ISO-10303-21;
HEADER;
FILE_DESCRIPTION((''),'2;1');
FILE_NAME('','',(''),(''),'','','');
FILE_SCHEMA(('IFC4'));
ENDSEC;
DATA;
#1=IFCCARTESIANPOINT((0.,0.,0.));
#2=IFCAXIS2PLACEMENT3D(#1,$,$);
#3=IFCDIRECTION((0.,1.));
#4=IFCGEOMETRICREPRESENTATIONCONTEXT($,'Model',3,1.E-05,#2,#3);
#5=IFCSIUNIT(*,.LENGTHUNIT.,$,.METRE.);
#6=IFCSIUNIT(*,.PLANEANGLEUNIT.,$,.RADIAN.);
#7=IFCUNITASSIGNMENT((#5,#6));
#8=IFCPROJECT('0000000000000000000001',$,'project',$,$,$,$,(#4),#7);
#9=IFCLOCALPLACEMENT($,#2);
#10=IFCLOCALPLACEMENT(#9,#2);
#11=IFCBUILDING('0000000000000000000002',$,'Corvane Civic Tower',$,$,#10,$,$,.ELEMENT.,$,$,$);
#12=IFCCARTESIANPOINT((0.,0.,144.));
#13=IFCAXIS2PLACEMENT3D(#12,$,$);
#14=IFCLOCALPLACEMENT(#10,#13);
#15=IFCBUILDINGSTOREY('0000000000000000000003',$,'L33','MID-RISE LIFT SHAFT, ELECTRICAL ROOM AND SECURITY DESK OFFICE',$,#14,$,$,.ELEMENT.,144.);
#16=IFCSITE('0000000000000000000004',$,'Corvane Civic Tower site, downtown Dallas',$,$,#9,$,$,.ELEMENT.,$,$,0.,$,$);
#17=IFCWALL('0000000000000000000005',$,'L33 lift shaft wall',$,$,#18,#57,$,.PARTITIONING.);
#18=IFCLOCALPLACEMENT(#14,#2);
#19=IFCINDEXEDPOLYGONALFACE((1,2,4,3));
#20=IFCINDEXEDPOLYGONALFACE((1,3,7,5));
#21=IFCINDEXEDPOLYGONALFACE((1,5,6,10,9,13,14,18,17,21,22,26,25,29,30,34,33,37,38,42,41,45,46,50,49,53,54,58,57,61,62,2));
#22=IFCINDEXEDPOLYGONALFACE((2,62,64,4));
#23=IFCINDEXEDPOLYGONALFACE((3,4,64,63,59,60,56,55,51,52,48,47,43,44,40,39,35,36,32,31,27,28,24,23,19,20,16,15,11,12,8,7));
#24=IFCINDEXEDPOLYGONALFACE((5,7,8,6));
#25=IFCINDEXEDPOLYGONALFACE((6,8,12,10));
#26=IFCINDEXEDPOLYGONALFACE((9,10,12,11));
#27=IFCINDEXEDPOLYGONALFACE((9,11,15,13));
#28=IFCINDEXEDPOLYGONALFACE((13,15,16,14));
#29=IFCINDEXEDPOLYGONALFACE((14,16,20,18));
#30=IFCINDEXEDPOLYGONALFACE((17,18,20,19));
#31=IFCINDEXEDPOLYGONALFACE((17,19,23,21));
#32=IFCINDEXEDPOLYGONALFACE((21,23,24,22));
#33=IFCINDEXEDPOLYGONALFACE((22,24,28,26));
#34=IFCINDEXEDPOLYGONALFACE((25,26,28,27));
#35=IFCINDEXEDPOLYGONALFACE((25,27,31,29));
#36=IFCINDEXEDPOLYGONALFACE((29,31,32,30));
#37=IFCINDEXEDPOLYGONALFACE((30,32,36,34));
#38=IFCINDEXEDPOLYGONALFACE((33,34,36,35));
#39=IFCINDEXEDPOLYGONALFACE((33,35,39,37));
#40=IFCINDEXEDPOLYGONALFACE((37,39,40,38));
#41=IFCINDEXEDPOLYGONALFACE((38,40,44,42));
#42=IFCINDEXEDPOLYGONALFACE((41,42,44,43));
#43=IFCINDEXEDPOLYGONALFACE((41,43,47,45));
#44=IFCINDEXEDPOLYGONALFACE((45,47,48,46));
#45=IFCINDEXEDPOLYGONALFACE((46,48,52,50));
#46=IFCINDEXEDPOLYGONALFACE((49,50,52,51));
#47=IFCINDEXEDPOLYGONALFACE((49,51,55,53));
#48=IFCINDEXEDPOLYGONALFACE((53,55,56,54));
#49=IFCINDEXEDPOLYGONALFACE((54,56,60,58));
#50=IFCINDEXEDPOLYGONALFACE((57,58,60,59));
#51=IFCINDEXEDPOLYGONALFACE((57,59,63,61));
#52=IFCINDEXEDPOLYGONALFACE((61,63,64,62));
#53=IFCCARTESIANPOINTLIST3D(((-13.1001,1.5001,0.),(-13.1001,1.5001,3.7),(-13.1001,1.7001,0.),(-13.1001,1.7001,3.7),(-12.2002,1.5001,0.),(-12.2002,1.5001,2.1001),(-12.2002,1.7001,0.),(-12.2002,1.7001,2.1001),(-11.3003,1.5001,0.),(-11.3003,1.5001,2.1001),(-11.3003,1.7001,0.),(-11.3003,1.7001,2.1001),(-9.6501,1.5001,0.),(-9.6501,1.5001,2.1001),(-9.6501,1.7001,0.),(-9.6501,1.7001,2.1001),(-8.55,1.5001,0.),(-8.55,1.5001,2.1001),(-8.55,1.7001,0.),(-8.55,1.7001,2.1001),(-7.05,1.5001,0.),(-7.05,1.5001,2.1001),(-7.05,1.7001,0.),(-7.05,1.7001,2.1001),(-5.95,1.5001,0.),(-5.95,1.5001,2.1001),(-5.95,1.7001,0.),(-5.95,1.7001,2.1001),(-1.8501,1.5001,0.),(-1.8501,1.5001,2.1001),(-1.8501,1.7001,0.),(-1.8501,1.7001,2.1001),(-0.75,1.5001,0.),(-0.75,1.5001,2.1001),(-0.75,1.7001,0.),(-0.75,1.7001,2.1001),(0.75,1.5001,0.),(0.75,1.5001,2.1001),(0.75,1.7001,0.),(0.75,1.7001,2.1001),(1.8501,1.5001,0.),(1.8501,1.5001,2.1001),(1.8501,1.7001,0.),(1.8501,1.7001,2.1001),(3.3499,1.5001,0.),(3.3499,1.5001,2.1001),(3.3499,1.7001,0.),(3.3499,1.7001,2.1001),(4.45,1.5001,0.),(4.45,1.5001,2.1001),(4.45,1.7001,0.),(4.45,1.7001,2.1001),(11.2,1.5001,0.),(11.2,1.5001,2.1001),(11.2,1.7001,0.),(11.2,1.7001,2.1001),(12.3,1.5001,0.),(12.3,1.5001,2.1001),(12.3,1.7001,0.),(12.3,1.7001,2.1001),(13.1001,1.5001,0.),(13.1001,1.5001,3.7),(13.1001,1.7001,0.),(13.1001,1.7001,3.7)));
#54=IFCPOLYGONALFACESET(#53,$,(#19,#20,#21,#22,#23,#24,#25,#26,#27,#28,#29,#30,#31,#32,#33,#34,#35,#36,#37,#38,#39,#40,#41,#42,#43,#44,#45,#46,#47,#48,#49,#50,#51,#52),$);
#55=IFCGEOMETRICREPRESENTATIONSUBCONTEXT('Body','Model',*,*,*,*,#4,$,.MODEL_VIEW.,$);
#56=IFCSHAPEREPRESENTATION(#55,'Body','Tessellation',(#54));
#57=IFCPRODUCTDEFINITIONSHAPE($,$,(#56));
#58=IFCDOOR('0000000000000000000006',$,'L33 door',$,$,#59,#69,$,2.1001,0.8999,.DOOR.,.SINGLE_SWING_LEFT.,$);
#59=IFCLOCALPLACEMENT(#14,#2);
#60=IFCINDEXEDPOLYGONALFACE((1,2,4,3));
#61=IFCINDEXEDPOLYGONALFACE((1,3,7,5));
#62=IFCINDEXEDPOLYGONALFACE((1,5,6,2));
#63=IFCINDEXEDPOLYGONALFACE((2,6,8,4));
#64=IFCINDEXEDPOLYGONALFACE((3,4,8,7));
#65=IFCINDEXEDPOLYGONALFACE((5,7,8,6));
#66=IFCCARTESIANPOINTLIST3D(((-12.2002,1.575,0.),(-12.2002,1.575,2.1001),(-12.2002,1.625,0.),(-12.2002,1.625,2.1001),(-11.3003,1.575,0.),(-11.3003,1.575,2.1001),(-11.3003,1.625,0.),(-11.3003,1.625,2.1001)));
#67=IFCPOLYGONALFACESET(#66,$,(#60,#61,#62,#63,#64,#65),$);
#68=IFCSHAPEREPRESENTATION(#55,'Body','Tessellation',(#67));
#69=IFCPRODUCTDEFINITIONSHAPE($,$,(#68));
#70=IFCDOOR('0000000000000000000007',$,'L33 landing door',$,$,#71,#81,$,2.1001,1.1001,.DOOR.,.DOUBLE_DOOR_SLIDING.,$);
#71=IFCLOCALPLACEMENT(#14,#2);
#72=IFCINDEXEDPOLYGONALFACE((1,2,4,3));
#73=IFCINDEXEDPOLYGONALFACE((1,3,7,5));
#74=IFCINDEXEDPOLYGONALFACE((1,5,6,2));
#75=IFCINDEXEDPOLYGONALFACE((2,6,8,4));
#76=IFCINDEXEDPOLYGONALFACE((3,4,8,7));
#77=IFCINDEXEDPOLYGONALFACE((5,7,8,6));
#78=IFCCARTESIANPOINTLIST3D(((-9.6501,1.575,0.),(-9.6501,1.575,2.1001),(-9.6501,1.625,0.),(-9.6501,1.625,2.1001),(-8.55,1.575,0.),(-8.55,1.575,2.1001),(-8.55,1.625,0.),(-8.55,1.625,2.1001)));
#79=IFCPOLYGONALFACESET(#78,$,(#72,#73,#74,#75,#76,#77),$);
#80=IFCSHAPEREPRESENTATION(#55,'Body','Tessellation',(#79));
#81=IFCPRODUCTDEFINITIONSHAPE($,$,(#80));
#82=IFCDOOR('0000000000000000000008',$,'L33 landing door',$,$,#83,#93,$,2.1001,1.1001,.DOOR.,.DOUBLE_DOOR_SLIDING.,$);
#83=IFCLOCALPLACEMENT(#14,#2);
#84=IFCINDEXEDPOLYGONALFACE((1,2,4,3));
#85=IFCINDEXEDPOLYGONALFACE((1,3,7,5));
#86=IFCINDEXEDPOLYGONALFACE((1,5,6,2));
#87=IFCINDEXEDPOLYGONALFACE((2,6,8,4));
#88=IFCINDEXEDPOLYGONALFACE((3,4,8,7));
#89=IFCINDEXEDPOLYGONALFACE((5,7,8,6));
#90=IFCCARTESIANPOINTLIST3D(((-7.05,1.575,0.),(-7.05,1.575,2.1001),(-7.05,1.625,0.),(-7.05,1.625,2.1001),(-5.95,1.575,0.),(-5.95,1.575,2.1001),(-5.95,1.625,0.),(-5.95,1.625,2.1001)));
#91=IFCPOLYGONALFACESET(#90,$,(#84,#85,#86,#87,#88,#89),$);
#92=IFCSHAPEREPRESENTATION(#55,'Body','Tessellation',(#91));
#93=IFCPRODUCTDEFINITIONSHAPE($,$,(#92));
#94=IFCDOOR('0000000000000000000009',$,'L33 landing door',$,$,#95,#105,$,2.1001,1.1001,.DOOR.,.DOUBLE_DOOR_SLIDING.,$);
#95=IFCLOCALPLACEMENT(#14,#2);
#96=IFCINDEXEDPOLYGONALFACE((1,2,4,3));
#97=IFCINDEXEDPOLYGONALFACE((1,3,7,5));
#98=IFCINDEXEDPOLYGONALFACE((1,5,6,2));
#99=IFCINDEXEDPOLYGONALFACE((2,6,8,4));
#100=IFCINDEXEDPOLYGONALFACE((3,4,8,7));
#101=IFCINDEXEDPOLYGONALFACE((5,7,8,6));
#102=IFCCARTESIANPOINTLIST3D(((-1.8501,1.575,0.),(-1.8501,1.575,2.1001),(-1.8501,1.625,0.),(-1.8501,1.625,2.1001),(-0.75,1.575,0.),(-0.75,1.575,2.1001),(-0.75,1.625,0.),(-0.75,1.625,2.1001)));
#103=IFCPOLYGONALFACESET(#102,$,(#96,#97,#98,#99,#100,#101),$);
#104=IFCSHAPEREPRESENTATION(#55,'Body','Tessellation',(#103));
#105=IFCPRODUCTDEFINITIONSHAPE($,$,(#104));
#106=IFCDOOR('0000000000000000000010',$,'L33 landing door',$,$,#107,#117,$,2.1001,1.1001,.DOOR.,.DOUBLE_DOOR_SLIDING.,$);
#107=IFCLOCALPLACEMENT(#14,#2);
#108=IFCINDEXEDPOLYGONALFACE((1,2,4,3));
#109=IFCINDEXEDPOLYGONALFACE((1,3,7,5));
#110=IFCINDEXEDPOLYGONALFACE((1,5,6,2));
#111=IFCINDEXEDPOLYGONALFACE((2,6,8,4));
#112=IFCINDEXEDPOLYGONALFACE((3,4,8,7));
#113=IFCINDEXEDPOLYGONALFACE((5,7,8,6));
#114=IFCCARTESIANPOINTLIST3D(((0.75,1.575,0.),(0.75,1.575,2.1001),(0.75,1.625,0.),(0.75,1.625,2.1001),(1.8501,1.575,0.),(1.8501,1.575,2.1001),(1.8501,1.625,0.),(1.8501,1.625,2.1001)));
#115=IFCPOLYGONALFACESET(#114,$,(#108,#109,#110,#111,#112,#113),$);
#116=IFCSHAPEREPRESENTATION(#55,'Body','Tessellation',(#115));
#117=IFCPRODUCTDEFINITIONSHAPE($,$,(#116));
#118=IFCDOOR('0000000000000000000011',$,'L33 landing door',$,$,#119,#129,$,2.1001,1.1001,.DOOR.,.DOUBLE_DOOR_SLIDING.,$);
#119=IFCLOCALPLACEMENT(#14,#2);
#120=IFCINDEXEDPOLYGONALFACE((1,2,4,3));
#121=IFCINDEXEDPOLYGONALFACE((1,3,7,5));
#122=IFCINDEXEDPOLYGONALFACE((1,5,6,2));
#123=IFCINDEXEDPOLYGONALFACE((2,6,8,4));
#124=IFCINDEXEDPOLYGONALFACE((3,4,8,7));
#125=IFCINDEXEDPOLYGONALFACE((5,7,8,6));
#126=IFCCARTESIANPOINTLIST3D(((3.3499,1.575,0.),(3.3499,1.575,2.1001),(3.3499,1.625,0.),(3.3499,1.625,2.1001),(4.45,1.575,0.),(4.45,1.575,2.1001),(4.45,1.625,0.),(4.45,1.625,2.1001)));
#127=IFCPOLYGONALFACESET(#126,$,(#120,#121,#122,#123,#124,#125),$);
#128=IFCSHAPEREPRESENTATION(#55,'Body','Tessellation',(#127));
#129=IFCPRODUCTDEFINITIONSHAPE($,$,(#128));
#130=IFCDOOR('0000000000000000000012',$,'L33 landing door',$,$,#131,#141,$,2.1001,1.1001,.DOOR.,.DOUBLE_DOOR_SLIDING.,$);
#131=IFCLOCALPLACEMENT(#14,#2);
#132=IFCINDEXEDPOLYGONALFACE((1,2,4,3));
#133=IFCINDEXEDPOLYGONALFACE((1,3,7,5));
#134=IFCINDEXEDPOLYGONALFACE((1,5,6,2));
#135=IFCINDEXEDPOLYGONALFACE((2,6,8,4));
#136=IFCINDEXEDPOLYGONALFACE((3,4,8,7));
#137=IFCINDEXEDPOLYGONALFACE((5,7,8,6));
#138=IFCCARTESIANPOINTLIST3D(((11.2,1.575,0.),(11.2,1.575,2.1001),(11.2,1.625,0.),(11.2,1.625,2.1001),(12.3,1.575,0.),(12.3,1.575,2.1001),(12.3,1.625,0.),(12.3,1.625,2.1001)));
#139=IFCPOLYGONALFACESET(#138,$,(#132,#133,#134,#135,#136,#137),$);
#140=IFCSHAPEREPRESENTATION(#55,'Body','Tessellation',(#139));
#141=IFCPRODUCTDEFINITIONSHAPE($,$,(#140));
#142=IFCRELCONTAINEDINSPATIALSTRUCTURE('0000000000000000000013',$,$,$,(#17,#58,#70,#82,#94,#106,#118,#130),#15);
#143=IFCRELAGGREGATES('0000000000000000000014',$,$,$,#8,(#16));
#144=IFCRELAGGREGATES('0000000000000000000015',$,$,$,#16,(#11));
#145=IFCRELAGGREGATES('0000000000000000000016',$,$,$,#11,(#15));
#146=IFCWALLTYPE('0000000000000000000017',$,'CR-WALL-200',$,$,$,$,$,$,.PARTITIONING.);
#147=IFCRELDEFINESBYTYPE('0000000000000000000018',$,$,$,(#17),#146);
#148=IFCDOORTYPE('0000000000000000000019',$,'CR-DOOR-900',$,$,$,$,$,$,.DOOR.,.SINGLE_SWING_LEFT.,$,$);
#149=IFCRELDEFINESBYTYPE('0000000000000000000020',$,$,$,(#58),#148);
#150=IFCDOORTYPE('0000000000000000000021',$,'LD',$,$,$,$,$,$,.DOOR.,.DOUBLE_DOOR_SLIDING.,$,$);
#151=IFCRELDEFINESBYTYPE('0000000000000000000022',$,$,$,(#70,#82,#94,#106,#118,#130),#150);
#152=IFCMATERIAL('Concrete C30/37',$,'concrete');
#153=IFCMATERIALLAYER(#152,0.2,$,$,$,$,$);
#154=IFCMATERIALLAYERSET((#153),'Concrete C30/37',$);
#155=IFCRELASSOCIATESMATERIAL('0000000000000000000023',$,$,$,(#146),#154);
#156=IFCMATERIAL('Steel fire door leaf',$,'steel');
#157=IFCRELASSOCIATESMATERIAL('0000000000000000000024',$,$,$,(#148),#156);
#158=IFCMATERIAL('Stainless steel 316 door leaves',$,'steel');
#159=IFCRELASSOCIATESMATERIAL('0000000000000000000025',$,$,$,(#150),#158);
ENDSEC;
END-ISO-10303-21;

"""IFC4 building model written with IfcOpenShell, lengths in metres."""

from ifc_helpers import new_model, si_unit, direction, frame, frame_2d, origin, place, context, subcontext, project, spatial, rectangle, extrude, material, layer, layer_set, type_object, element, fill, save


model = new_model("IFC4")

# Units and contexts
model_context = context("Model", 3, precision=1e-05, world=origin(), true_north=direction((0.0, 1.0)))
body_context = subcontext(model_context, "Body", "Model", "MODEL_VIEW")
ifc_project = project(units=[si_unit("LENGTHUNIT", "METRE"), si_unit("PLANEANGLEUNIT", "RADIAN")], contexts=[model_context])

# Site, building, storey
site_placement = place(None, origin())
site = spatial("IfcSite", under=ifc_project, at=site_placement, Name="Corvane Civic Tower site, downtown Dallas", CompositionType="ELEMENT", RefElevation=0.0)
building_placement = place(site_placement, origin())
building = spatial("IfcBuilding", under=site, at=building_placement, Name="Corvane Civic Tower", CompositionType="ELEMENT")
storey_placement = place(building_placement, frame((0.0, 0.0, 144.0)))
storey = spatial("IfcBuildingStorey", under=building, at=storey_placement, Name="L33", Description="MID-RISE LIFT SHAFT, ELECTRICAL ROOM AND SECURITY DESK OFFICE", CompositionType="ELEMENT", Elevation=144.0)

# Wall, openings, doors
ifc_material_1 = material(Name="Concrete C30/37", Category="concrete")
ifc_layer_1 = layer(ifc_material_1, 0.2)
ifc_layer_set_1 = layer_set([ifc_layer_1], Name="Concrete C30/37")
wall_type_1 = type_object("IfcWallType", Name="CR-WALL-200", PredefinedType="PARTITIONING", material=ifc_layer_set_1)
wall_1_placement = place(storey_placement, frame((-13.1001, 1.6001, 0.0), z_axis=(0.0, 0.0, 1.0), x_axis=(1.0, 0.0, 0.0)))
wall_1 = element("IfcWall", 1, at=wall_1_placement, inside=storey, type_object=wall_type_1, Name="L33 lift shaft wall", PredefinedType="PARTITIONING", context=body_context, shape_type="SweptSolid", body=[
    extrude(rectangle(XDim=26.2002, YDim=0.2, at=frame_2d((13.1001, 0.0))), origin(), (0.0, 0.0, 1.0), 3.7),
])
opening_1_placement = place(wall_1_placement, frame((3.45, 0.0, 0.0)))
opening_1 = element("IfcOpeningElement", 2, at=opening_1_placement, cuts=wall_1, PredefinedType="OPENING", context=body_context, shape_type="SweptSolid", body=[
    extrude(rectangle(XDim=1.1001, YDim=2.1001, at=frame_2d((0.55, 1.05))), frame((0.0, 0.1099, 0.0), z_axis=(0.0, -1.0, 0.0), x_axis=(1.0, 0.0, 0.0)), (0.0, 0.0, 1.0), 0.22),
])
opening_2_placement = place(wall_1_placement, frame((6.05, 0.0, 0.0)))
opening_2 = element("IfcOpeningElement", 3, at=opening_2_placement, cuts=wall_1, PredefinedType="OPENING", context=body_context, shape_type="SweptSolid", body=[
    extrude(rectangle(XDim=1.1001, YDim=2.1001, at=frame_2d((0.55, 1.05))), frame((0.0, 0.1099, 0.0), z_axis=(0.0, -1.0, 0.0), x_axis=(1.0, 0.0, 0.0)), (0.0, 0.0, 1.0), 0.22),
])
opening_3_placement = place(wall_1_placement, frame((11.25, 0.0, 0.0)))
opening_3 = element("IfcOpeningElement", 4, at=opening_3_placement, cuts=wall_1, PredefinedType="OPENING", context=body_context, shape_type="SweptSolid", body=[
    extrude(rectangle(XDim=1.1001, YDim=2.1001, at=frame_2d((0.55, 1.05))), frame((0.0, 0.1099, 0.0), z_axis=(0.0, -1.0, 0.0), x_axis=(1.0, 0.0, 0.0)), (0.0, 0.0, 1.0), 0.22),
])
opening_4_placement = place(wall_1_placement, frame((13.8501, 0.0, 0.0)))
opening_4 = element("IfcOpeningElement", 5, at=opening_4_placement, cuts=wall_1, PredefinedType="OPENING", context=body_context, shape_type="SweptSolid", body=[
    extrude(rectangle(XDim=1.1001, YDim=2.1001, at=frame_2d((0.55, 1.05))), frame((0.0, 0.1099, 0.0), z_axis=(0.0, -1.0, 0.0), x_axis=(1.0, 0.0, 0.0)), (0.0, 0.0, 1.0), 0.22),
])
opening_5_placement = place(wall_1_placement, frame((16.45, 0.0, 0.0)))
opening_5 = element("IfcOpeningElement", 6, at=opening_5_placement, cuts=wall_1, PredefinedType="OPENING", context=body_context, shape_type="SweptSolid", body=[
    extrude(rectangle(XDim=1.1001, YDim=2.1001, at=frame_2d((0.55, 1.05))), frame((0.0, 0.1099, 0.0), z_axis=(0.0, -1.0, 0.0), x_axis=(1.0, 0.0, 0.0)), (0.0, 0.0, 1.0), 0.22),
])
opening_6_placement = place(wall_1_placement, frame((24.3, 0.0, 0.0)))
opening_6 = element("IfcOpeningElement", 7, at=opening_6_placement, cuts=wall_1, PredefinedType="OPENING", context=body_context, shape_type="SweptSolid", body=[
    extrude(rectangle(XDim=1.1001, YDim=2.1001, at=frame_2d((0.55, 1.05))), frame((0.0, 0.1099, 0.0), z_axis=(0.0, -1.0, 0.0), x_axis=(1.0, 0.0, 0.0)), (0.0, 0.0, 1.0), 0.22),
])
opening_7_placement = place(wall_1_placement, frame((0.8999, 0.0, 0.0)))
opening_7 = element("IfcOpeningElement", 8, at=opening_7_placement, cuts=wall_1, PredefinedType="OPENING", context=body_context, shape_type="SweptSolid", body=[
    extrude(rectangle(XDim=0.8999, YDim=2.1001, at=frame_2d((0.45, 1.05))), frame((0.0, 0.1099, 0.0), z_axis=(0.0, -1.0, 0.0), x_axis=(1.0, 0.0, 0.0)), (0.0, 0.0, 1.0), 0.22),
])
ifc_material_2 = material(Name="Steel fire door leaf", Category="steel")
door_type_1 = type_object("IfcDoorType", Name="CR-DOOR-900", OperationType="SINGLE_SWING_LEFT", PredefinedType="DOOR", material=ifc_material_2)
door_1_placement = place(opening_7_placement, origin())
door_1 = element("IfcDoor", 9, at=door_1_placement, inside=storey, type_object=door_type_1, Name="L33 door", OperationType="SINGLE_SWING_LEFT", OverallHeight=2.1001, OverallWidth=0.8999, PredefinedType="DOOR", context=body_context, shape_type="SweptSolid", body=[
    extrude(rectangle(XDim=0.8999, YDim=2.1001, at=frame_2d((0.45, 1.05))), frame((0.0, 0.0249, 0.0), z_axis=(0.0, -1.0, 0.0), x_axis=(1.0, 0.0, 0.0)), (0.0, 0.0, 1.0), 0.05),
])
fill(opening_7, door_1)
ifc_material_3 = material(Name="Stainless steel 316 door leaves", Category="steel")
door_type_2 = type_object("IfcDoorType", Name="LD", OperationType="DOUBLE_DOOR_SLIDING", PredefinedType="DOOR", material=ifc_material_3)
door_2_placement = place(opening_1_placement, origin())
door_2 = element("IfcDoor", 10, at=door_2_placement, inside=storey, type_object=door_type_2, Name="L33 landing door", OperationType="DOUBLE_DOOR_SLIDING", OverallHeight=2.1001, OverallWidth=1.1001, PredefinedType="DOOR", context=body_context, shape_type="SweptSolid", body=[
    extrude(rectangle(XDim=1.1001, YDim=2.1001, at=frame_2d((0.55, 1.05))), frame((0.0, 0.0249, 0.0), z_axis=(0.0, -1.0, 0.0), x_axis=(1.0, 0.0, 0.0)), (0.0, 0.0, 1.0), 0.05),
])
fill(opening_1, door_2)
door_3_placement = place(opening_2_placement, origin())
door_3 = element("IfcDoor", 11, at=door_3_placement, inside=storey, type_object=door_type_2, Name="L33 landing door", OperationType="DOUBLE_DOOR_SLIDING", OverallHeight=2.1001, OverallWidth=1.1001, PredefinedType="DOOR", context=body_context, shape_type="SweptSolid", body=[
    extrude(rectangle(XDim=1.1001, YDim=2.1001, at=frame_2d((0.55, 1.05))), frame((0.0, 0.0249, 0.0), z_axis=(0.0, -1.0, 0.0), x_axis=(1.0, 0.0, 0.0)), (0.0, 0.0, 1.0), 0.05),
])
fill(opening_2, door_3)
door_4_placement = place(opening_3_placement, origin())
door_4 = element("IfcDoor", 12, at=door_4_placement, inside=storey, type_object=door_type_2, Name="L33 landing door", OperationType="DOUBLE_DOOR_SLIDING", OverallHeight=2.1001, OverallWidth=1.1001, PredefinedType="DOOR", context=body_context, shape_type="SweptSolid", body=[
    extrude(rectangle(XDim=1.1001, YDim=2.1001, at=frame_2d((0.55, 1.05))), frame((0.0, 0.0249, 0.0), z_axis=(0.0, -1.0, 0.0), x_axis=(1.0, 0.0, 0.0)), (0.0, 0.0, 1.0), 0.05),
])
fill(opening_3, door_4)
door_5_placement = place(opening_4_placement, origin())
door_5 = element("IfcDoor", 13, at=door_5_placement, inside=storey, type_object=door_type_2, Name="L33 landing door", OperationType="DOUBLE_DOOR_SLIDING", OverallHeight=2.1001, OverallWidth=1.1001, PredefinedType="DOOR", context=body_context, shape_type="SweptSolid", body=[
    extrude(rectangle(XDim=1.1001, YDim=2.1001, at=frame_2d((0.55, 1.05))), frame((0.0, 0.0249, 0.0), z_axis=(0.0, -1.0, 0.0), x_axis=(1.0, 0.0, 0.0)), (0.0, 0.0, 1.0), 0.05),
])
fill(opening_4, door_5)
door_6_placement = place(opening_5_placement, origin())
door_6 = element("IfcDoor", 14, at=door_6_placement, inside=storey, type_object=door_type_2, Name="L33 landing door", OperationType="DOUBLE_DOOR_SLIDING", OverallHeight=2.1001, OverallWidth=1.1001, PredefinedType="DOOR", context=body_context, shape_type="SweptSolid", body=[
    extrude(rectangle(XDim=1.1001, YDim=2.1001, at=frame_2d((0.55, 1.05))), frame((0.0, 0.0249, 0.0), z_axis=(0.0, -1.0, 0.0), x_axis=(1.0, 0.0, 0.0)), (0.0, 0.0, 1.0), 0.05),
])
fill(opening_5, door_6)
door_7_placement = place(opening_6_placement, origin())
door_7 = element("IfcDoor", 15, at=door_7_placement, inside=storey, type_object=door_type_2, Name="L33 landing door", OperationType="DOUBLE_DOOR_SLIDING", OverallHeight=2.1001, OverallWidth=1.1001, PredefinedType="DOOR", context=body_context, shape_type="SweptSolid", body=[
    extrude(rectangle(XDim=1.1001, YDim=2.1001, at=frame_2d((0.55, 1.05))), frame((0.0, 0.0249, 0.0), z_axis=(0.0, -1.0, 0.0), x_axis=(1.0, 0.0, 0.0)), (0.0, 0.0, 1.0), 0.05),
])
fill(opening_6, door_7)

save(model, "model.ifc")
